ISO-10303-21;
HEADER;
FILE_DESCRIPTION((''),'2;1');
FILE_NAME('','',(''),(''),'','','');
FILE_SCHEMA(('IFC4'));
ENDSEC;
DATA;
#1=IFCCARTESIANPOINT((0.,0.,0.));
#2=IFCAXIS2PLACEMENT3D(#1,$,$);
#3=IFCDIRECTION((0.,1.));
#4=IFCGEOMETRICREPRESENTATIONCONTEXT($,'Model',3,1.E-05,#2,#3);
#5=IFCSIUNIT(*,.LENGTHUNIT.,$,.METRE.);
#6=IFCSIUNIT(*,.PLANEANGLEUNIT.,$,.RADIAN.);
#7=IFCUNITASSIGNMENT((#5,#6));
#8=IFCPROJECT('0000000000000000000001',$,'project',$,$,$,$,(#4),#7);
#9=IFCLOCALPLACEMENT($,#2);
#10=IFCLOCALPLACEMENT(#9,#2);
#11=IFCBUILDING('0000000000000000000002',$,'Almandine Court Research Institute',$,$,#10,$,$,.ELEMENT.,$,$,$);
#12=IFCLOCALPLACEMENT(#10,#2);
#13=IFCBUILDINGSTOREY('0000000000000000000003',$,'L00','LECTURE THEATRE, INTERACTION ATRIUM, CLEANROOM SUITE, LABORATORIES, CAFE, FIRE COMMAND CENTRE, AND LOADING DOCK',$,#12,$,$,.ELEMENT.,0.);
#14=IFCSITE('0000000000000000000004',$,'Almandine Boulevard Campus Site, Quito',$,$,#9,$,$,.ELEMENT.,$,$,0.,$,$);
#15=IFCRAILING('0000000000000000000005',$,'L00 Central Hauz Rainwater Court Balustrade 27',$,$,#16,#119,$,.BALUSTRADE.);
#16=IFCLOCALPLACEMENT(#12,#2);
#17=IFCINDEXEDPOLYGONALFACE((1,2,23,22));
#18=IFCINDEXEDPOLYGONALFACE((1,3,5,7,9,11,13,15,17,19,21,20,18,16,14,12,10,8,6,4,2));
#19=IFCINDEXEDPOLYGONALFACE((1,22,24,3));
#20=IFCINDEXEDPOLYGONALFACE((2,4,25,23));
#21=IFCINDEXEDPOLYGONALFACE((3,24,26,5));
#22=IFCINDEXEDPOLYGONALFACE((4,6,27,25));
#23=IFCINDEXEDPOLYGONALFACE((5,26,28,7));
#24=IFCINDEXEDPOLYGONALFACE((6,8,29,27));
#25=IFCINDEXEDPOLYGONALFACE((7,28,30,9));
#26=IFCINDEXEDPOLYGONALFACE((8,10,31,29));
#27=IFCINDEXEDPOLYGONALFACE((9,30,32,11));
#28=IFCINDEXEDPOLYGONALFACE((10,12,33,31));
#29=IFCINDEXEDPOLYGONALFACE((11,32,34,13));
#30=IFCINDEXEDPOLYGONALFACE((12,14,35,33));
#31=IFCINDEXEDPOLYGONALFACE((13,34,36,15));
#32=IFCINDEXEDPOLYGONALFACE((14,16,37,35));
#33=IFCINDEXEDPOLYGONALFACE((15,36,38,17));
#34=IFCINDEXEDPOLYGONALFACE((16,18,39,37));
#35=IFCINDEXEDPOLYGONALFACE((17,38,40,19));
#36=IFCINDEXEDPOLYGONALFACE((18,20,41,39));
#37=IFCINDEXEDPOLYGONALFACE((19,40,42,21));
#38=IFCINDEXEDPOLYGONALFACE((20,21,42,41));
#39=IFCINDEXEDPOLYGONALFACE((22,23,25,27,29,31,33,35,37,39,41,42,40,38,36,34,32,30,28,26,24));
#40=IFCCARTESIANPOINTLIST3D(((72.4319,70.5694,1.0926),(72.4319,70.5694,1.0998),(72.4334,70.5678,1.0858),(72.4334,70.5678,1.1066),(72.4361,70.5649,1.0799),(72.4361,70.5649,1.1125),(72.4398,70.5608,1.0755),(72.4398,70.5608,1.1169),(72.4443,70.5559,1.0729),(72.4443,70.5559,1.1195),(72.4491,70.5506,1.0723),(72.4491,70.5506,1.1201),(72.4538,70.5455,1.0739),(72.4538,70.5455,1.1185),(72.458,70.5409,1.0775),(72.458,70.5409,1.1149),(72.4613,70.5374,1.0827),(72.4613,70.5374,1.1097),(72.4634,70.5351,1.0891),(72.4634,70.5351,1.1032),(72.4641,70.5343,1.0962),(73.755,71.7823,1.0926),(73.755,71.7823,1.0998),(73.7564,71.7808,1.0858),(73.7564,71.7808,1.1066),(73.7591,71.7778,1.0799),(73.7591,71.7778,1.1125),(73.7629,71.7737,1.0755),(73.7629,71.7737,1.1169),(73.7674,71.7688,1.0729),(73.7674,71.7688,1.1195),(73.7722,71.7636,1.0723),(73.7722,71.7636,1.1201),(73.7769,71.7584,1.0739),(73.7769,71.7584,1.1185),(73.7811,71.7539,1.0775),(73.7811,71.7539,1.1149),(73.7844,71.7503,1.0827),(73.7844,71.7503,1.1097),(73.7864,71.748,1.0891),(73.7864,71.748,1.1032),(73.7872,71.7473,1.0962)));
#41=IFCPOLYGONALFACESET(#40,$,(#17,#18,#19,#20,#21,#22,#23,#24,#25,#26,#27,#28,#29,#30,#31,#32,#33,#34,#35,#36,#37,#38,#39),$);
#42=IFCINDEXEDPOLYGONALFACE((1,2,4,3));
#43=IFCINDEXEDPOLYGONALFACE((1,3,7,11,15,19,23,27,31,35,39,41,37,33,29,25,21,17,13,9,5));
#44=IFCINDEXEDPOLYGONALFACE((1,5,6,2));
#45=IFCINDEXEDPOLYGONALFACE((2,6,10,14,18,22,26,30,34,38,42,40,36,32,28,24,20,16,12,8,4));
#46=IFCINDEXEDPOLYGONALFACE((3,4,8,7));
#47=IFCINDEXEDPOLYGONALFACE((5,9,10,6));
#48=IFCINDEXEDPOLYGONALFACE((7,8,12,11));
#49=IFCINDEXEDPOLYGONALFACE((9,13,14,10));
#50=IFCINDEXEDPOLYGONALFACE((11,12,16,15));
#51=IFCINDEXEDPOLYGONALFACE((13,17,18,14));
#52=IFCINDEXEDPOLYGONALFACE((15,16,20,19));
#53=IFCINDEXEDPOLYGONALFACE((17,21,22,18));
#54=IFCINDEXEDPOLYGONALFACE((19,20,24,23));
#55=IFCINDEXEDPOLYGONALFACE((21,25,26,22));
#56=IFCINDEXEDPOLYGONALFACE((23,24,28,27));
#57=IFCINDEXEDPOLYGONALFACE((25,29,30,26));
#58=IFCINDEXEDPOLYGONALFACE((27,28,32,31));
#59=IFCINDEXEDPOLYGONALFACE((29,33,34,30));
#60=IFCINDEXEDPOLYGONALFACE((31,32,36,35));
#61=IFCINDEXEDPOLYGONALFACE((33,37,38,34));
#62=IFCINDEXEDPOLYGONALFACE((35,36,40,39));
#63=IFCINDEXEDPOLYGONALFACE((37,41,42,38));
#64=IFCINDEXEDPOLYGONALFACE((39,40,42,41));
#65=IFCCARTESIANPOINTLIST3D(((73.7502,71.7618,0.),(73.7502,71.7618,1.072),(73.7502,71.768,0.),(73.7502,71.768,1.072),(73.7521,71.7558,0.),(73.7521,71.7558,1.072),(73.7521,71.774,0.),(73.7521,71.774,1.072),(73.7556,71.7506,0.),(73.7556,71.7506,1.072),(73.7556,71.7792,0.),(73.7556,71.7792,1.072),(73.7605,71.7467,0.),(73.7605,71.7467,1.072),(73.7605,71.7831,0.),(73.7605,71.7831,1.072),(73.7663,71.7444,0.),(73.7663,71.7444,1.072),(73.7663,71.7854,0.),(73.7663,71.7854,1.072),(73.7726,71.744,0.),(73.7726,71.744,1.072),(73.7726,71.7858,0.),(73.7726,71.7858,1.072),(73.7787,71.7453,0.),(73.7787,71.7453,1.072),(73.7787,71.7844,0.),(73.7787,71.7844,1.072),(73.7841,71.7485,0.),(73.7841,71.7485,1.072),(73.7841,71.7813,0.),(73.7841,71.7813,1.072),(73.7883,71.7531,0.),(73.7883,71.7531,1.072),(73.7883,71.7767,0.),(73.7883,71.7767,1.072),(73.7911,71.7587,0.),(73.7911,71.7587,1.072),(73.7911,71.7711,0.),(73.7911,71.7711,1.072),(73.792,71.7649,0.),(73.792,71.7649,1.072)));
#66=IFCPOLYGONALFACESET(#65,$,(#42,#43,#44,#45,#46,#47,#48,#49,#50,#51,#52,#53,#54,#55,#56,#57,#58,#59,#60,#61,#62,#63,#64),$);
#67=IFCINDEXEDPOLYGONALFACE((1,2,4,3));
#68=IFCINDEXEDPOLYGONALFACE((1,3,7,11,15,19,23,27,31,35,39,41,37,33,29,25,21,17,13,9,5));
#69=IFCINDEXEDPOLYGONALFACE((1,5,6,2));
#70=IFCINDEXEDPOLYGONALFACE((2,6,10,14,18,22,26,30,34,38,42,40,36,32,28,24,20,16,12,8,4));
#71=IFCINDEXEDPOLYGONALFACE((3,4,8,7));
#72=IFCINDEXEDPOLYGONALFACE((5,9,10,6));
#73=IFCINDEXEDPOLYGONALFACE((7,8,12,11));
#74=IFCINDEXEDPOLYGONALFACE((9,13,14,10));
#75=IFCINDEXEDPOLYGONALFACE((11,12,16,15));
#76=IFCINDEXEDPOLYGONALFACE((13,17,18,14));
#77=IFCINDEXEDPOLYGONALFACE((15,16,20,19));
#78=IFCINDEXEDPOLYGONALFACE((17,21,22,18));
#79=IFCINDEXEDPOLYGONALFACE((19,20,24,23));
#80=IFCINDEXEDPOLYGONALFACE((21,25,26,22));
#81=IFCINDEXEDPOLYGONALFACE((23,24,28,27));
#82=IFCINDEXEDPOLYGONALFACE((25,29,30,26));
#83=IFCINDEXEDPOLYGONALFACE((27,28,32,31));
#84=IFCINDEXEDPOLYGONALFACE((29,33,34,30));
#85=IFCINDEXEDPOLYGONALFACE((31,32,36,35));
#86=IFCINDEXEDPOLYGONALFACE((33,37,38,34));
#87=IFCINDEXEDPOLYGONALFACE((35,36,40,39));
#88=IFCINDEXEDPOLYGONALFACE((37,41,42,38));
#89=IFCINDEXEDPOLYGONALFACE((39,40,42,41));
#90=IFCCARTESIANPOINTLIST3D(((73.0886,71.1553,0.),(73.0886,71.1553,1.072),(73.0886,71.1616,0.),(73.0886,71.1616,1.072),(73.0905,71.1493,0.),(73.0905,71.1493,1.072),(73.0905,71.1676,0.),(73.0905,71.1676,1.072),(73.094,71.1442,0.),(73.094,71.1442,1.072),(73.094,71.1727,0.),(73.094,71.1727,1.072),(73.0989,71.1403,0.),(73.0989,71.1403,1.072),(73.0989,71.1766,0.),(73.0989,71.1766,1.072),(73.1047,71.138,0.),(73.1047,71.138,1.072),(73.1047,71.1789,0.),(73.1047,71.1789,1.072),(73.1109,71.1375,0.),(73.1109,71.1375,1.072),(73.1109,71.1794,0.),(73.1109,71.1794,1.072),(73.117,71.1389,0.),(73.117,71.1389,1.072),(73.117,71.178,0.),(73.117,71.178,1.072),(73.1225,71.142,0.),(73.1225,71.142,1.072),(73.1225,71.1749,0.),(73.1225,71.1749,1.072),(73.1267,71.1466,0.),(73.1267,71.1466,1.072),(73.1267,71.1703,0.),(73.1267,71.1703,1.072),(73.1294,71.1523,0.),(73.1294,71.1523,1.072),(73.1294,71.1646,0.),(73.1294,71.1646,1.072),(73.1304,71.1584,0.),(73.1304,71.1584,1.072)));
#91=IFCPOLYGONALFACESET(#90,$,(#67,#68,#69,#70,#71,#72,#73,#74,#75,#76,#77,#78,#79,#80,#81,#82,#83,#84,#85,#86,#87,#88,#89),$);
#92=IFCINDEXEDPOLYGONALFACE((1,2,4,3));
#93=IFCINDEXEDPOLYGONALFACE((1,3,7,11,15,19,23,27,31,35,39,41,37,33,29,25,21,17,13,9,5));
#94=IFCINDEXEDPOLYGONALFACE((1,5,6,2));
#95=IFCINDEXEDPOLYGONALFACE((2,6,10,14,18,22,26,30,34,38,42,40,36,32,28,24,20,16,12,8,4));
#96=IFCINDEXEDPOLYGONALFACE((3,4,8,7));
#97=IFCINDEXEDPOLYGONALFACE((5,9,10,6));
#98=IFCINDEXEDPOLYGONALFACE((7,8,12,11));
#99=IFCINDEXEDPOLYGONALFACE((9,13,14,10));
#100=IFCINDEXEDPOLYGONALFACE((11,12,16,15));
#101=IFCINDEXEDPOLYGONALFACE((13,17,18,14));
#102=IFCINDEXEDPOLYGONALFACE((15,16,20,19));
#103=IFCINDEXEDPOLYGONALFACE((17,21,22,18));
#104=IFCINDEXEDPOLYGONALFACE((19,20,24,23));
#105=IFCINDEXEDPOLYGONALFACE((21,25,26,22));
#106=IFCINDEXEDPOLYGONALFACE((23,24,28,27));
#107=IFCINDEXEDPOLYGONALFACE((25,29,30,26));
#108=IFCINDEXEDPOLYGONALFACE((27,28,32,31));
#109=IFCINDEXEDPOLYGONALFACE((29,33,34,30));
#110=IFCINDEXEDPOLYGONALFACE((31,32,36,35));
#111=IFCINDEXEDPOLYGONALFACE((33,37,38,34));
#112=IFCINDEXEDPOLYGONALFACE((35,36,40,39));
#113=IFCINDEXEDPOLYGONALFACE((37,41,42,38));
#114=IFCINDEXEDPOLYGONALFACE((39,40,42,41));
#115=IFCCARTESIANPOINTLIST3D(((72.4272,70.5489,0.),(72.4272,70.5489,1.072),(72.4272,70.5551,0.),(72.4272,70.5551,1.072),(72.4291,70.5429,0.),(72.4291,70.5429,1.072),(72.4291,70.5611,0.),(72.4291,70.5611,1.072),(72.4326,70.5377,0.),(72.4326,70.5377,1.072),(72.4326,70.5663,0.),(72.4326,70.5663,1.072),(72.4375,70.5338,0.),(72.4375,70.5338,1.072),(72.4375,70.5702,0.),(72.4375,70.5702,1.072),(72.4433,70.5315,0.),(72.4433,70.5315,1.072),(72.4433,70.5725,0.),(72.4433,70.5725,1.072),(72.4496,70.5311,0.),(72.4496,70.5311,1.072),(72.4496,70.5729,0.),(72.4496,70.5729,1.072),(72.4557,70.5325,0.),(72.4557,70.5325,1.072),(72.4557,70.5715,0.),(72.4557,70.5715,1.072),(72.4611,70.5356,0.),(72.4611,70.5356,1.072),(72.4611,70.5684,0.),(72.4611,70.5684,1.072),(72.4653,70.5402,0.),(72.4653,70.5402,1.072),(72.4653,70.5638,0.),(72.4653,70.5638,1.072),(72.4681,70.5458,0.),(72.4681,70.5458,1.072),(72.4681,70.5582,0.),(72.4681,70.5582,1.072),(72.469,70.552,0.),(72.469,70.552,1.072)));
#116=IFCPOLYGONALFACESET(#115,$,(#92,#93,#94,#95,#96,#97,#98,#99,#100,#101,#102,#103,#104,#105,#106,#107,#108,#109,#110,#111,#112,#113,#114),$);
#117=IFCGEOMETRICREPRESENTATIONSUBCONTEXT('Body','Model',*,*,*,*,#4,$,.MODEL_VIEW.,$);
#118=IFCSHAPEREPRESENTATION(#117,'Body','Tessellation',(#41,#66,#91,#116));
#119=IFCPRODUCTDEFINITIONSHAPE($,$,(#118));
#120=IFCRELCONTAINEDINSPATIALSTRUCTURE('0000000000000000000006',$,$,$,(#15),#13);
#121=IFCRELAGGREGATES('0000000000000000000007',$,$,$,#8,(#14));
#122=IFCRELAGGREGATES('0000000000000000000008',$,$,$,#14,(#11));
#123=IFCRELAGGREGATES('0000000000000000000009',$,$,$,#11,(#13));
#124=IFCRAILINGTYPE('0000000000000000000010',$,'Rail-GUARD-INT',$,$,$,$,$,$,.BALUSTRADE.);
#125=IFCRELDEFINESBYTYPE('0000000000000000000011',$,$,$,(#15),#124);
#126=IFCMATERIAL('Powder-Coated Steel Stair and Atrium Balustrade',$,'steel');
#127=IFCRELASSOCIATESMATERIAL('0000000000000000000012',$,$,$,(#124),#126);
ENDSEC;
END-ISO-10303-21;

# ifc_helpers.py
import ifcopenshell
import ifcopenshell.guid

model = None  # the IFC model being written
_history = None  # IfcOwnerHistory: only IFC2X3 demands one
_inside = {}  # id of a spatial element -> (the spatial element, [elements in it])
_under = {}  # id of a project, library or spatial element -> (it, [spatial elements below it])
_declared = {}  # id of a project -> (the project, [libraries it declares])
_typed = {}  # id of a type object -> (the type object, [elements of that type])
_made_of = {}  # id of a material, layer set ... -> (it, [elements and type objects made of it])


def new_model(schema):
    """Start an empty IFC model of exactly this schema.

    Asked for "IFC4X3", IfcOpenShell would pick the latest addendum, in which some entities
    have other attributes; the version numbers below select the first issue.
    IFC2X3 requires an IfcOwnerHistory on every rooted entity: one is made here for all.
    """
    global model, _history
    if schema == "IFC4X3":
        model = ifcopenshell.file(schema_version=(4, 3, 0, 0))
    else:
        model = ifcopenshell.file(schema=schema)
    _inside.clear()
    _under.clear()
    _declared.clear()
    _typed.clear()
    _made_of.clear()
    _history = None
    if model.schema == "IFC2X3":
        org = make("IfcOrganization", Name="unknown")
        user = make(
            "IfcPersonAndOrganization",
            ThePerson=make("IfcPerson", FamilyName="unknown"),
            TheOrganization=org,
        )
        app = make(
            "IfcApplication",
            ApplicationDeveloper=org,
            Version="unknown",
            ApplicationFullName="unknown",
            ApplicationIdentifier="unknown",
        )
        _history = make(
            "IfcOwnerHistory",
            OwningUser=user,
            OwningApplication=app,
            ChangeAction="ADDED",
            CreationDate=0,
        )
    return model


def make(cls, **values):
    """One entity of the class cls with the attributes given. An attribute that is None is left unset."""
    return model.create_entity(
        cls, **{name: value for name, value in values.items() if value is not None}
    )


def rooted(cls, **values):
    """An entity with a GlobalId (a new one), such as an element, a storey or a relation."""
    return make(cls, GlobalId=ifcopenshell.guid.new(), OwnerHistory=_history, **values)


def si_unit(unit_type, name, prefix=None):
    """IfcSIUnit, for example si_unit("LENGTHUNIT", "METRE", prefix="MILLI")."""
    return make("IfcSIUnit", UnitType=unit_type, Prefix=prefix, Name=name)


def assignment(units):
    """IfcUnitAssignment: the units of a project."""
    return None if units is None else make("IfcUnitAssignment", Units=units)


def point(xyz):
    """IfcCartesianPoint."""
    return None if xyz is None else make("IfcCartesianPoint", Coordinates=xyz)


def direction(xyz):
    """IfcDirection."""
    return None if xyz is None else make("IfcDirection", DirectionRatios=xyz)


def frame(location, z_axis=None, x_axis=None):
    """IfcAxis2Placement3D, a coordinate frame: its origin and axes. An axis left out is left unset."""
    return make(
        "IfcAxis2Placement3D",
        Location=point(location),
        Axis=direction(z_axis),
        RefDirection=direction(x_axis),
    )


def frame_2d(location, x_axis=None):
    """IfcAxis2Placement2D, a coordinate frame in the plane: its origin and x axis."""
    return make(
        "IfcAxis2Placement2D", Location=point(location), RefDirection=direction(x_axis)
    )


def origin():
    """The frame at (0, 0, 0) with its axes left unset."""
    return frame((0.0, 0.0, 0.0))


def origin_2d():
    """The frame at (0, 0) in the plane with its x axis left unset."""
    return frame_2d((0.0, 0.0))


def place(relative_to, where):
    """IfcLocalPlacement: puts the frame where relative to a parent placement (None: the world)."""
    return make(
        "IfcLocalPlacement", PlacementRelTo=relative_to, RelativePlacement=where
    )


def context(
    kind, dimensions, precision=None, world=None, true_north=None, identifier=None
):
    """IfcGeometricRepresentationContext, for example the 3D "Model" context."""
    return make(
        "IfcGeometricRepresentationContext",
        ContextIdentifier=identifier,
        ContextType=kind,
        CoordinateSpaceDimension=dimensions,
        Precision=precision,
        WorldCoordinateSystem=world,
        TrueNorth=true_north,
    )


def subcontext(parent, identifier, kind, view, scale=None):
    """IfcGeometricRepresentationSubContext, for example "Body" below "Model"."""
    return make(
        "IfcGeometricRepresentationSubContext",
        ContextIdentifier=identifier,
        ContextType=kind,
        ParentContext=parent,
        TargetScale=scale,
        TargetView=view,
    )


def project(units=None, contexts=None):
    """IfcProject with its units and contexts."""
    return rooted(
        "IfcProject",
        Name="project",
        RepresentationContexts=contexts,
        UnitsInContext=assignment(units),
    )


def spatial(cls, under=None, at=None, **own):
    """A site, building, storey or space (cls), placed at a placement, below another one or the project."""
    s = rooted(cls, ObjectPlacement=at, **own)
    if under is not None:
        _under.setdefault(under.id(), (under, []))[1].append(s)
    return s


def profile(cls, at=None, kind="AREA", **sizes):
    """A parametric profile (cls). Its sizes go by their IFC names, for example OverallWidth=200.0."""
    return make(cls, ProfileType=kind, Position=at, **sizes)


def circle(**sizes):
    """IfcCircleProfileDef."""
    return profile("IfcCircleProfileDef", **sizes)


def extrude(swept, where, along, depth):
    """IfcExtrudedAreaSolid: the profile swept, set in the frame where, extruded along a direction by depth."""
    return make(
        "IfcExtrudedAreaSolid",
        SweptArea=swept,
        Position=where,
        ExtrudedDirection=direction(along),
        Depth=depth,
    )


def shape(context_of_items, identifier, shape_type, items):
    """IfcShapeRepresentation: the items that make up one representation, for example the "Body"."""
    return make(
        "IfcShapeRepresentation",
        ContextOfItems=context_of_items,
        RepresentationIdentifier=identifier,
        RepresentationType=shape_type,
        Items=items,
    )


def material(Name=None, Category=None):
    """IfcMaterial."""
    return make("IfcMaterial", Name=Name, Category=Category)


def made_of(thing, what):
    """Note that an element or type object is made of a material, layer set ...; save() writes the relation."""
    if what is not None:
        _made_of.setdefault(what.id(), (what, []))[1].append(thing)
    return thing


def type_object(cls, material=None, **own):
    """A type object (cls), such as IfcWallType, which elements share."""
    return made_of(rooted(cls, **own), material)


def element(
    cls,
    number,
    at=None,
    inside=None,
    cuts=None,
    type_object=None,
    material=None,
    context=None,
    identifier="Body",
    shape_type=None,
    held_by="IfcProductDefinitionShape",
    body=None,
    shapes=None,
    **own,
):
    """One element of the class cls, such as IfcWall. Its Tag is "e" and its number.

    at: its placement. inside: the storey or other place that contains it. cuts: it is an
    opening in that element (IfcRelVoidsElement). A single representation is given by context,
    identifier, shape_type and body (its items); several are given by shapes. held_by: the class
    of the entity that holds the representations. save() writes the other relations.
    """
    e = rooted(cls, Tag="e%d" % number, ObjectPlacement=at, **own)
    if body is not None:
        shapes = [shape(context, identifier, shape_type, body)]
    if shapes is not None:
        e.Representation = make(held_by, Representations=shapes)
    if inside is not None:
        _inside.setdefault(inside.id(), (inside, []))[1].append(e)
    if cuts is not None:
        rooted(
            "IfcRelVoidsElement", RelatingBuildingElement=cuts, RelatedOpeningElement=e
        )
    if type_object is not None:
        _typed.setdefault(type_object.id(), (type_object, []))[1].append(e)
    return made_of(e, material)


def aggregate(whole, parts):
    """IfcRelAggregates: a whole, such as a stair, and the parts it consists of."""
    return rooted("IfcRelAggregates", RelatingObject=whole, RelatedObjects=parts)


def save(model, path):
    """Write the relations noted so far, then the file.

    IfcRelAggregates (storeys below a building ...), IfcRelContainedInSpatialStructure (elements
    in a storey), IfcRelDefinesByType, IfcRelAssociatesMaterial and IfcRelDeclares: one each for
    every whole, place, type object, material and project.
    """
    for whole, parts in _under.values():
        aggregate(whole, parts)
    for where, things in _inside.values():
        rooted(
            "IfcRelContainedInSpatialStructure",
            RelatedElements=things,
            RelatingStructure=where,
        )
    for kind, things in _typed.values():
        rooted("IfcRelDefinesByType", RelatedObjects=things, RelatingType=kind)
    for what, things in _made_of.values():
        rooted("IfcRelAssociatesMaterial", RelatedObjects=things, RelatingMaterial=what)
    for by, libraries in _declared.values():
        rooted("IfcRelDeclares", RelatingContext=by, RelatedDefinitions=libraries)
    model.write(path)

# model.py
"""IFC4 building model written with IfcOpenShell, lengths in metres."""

from ifc_helpers import new_model, si_unit, direction, frame, origin, origin_2d, place, context, subcontext, project, spatial, circle, extrude, material, type_object, element, save


model = new_model("IFC4")

# Units and contexts
model_context = context("Model", 3, precision=1e-05, world=origin(), true_north=direction((0.0, 1.0)))
body_context = subcontext(model_context, "Body", "Model", "MODEL_VIEW")
ifc_project = project(units=[si_unit("LENGTHUNIT", "METRE"), si_unit("PLANEANGLEUNIT", "RADIAN")], contexts=[model_context])

# Site, building, storey
site_placement = place(None, origin())
site = spatial("IfcSite", under=ifc_project, at=site_placement, Name="Almandine Boulevard Campus Site, Quito", CompositionType="ELEMENT", RefElevation=0.0)
building_placement = place(site_placement, origin())
building = spatial("IfcBuilding", under=site, at=building_placement, Name="Almandine Court Research Institute", CompositionType="ELEMENT")
storey_placement = place(building_placement, origin())
storey = spatial("IfcBuildingStorey", under=building, at=storey_placement, Name="L00", Description="LECTURE THEATRE, INTERACTION ATRIUM, CLEANROOM SUITE, LABORATORIES, CAFE, FIRE COMMAND CENTRE, AND LOADING DOCK", CompositionType="ELEMENT", Elevation=0.0)

# Railing
ifc_material_1 = material(Name="Powder-Coated Steel Stair and Atrium Balustrade", Category="steel")
railing_type = type_object("IfcRailingType", Name="Rail-GUARD-INT", PredefinedType="BALUSTRADE", material=ifc_material_1)
railing_1_placement = place(storey_placement, frame((73.771, 71.7649, 0.0)))
element("IfcRailing", 1, at=railing_1_placement, inside=storey, type_object=railing_type, Name="L00 Central Hauz Rainwater Court Balustrade 27", PredefinedType="BALUSTRADE", context=body_context, shape_type="SweptSolid", body=[
    extrude(circle(Radius=0.0239, at=origin_2d()), frame((0.0, 0.0, 1.0962), z_axis=(-0.737115, -0.675768, 0.0), x_axis=(0.675768, -0.737115, 0.0)), (0.0, 0.0, 1.0), 1.7949),
    extrude(circle(Radius=0.021, at=origin_2d()), origin(), (0.0, 0.0, 1.0), 1.072),
    extrude(circle(Radius=0.021, at=origin_2d()), frame((-0.6616, -0.6064, 0.0)), (0.0, 0.0, 1.0), 1.072),
    extrude(circle(Radius=0.021, at=origin_2d()), frame((-1.323, -1.2129, 0.0)), (0.0, 0.0, 1.0), 1.072),
])

save(model, "model.ifc")
